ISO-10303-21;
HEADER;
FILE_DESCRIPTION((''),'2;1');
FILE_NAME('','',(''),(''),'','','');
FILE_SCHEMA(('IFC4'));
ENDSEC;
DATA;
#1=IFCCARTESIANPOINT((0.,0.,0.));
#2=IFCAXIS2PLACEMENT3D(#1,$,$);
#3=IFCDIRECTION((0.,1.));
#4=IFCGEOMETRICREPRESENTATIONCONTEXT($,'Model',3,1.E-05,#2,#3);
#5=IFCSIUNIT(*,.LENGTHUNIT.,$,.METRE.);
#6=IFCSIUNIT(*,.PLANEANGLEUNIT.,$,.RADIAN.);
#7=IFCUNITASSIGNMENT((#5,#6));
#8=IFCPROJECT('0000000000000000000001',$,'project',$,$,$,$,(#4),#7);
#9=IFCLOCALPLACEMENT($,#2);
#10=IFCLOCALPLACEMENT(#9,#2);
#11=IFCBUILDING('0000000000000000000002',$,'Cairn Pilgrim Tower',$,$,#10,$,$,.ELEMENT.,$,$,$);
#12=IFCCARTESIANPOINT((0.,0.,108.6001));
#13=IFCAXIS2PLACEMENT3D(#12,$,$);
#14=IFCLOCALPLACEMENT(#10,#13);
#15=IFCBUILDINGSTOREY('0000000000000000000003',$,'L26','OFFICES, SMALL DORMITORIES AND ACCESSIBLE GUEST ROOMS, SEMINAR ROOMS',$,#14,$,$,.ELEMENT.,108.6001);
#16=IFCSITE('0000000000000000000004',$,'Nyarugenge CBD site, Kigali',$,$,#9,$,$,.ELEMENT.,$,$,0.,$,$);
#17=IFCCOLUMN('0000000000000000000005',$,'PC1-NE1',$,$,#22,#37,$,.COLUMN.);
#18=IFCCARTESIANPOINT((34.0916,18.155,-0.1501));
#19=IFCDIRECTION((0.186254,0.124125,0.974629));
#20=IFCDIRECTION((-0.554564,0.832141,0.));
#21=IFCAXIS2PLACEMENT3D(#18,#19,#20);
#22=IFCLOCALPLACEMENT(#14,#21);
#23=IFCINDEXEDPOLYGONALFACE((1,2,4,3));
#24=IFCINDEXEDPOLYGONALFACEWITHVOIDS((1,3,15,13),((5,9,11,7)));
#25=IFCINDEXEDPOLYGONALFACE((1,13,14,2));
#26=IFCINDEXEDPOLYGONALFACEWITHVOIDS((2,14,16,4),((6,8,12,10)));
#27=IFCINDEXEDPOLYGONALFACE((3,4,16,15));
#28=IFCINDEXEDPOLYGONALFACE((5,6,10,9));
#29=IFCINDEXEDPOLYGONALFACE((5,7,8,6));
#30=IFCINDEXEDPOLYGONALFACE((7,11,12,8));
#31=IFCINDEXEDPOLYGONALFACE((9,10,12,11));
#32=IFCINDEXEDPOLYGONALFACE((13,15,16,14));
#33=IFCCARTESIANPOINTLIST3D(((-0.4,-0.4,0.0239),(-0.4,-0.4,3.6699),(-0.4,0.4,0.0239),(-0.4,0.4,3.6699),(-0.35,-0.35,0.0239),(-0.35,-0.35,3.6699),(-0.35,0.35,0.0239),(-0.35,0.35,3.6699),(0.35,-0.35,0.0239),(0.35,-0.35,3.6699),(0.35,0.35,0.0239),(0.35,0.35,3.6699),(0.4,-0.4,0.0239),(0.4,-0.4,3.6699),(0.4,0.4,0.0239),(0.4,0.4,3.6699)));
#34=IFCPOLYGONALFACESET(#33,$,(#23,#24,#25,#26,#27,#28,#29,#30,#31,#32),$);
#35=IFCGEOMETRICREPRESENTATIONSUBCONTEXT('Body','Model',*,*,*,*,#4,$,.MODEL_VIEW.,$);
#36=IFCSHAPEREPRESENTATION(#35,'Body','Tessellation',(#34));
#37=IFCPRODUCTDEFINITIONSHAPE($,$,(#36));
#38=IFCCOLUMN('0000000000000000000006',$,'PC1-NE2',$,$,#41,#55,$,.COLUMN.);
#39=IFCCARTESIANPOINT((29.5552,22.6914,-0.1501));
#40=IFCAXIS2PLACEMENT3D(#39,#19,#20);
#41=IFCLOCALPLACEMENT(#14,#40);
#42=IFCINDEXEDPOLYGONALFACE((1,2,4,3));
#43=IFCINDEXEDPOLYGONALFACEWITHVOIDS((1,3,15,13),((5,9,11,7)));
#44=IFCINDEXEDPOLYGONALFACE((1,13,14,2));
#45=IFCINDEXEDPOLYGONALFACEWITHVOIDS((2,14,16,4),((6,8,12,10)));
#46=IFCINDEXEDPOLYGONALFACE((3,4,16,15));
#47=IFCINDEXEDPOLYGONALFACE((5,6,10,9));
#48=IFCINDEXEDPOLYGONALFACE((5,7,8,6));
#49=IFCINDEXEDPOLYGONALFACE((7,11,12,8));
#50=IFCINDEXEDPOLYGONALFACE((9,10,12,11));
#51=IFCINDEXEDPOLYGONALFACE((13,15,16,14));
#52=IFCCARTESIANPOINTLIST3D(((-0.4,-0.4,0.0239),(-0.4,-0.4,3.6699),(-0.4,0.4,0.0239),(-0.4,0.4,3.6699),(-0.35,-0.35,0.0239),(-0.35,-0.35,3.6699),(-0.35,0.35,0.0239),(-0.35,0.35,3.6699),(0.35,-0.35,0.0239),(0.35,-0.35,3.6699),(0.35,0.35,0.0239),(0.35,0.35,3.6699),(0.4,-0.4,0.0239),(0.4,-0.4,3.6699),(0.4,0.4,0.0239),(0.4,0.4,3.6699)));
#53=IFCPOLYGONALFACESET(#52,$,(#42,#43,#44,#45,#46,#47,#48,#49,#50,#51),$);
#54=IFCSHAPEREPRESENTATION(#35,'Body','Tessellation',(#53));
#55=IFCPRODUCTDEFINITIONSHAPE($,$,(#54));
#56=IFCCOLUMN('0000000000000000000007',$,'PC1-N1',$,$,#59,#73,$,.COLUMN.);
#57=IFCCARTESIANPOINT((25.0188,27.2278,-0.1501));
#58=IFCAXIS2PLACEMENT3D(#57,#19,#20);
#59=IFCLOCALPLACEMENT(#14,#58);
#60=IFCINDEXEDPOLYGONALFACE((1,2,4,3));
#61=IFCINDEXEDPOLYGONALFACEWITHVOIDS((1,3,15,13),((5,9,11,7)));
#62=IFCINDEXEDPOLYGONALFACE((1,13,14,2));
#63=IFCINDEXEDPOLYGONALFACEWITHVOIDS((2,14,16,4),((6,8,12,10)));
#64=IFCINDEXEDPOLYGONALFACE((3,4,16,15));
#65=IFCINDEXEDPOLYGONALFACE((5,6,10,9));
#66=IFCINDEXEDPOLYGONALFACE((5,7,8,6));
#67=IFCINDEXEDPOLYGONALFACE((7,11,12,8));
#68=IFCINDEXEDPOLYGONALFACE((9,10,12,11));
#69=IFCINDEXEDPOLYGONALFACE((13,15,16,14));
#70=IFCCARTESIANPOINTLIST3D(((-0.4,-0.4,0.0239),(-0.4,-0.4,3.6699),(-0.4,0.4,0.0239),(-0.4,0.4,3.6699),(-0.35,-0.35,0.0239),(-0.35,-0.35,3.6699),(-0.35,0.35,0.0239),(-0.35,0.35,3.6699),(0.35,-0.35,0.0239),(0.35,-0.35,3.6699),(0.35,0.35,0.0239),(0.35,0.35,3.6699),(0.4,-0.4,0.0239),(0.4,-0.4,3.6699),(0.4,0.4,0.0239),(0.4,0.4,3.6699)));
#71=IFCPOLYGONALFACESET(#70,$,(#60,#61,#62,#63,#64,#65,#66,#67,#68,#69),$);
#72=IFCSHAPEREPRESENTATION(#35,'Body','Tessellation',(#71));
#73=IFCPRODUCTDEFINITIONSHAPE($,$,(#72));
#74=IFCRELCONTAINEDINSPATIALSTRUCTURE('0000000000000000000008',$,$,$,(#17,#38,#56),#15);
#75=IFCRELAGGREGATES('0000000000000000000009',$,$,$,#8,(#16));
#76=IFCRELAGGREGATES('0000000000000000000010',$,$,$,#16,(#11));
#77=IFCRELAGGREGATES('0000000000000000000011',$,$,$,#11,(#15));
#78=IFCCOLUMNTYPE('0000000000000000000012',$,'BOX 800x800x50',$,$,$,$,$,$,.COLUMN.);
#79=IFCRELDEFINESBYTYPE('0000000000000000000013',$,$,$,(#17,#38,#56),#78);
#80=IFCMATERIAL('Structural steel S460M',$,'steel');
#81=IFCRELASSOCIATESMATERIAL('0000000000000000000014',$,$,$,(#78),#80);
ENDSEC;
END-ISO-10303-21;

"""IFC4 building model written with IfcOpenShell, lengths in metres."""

from ifc_helpers import new_model, si_unit, direction, frame, origin, origin_2d, place, context, subcontext, project, spatial, hollow_rectangle, extrude, clip, halfspace, material, material_profile, profile_set, type_object, element, save


model = new_model("IFC4")

# Units and contexts
model_context = context("Model", 3, precision=1e-05, world=origin(), true_north=direction((0.0, 1.0)))
body_context = subcontext(model_context, "Body", "Model", "MODEL_VIEW")
ifc_project = project(units=[si_unit("LENGTHUNIT", "METRE"), si_unit("PLANEANGLEUNIT", "RADIAN")], contexts=[model_context])

# Site, building, storey
site_placement = place(None, origin())
site = spatial("IfcSite", under=ifc_project, at=site_placement, Name="Nyarugenge CBD site, Kigali", CompositionType="ELEMENT", RefElevation=0.0)
building_placement = place(site_placement, origin())
building = spatial("IfcBuilding", under=site, at=building_placement, Name="Cairn Pilgrim Tower", CompositionType="ELEMENT")
storey_placement = place(building_placement, frame((0.0, 0.0, 108.6001)))
storey = spatial("IfcBuildingStorey", under=building, at=storey_placement, Name="L26", Description="OFFICES, SMALL DORMITORIES AND ACCESSIBLE GUEST ROOMS, SEMINAR ROOMS", CompositionType="ELEMENT", Elevation=108.6001)

# Columns
ifc_material_1 = material(Name="Structural steel S460M", Category="steel")
ifc_material_profile_1 = material_profile(ifc_material_1, hollow_rectangle(XDim=0.8, YDim=0.8, WallThickness=0.05, at=origin_2d()), Name="BOX 800x800x50")
ifc_profile_set_1 = profile_set([ifc_material_profile_1], Name="Structural steel S460M")
column_type = type_object("IfcColumnType", Name="BOX 800x800x50", PredefinedType="COLUMN", material=ifc_profile_set_1)
for number, where, z_axis, x_axis, name in (
    (1, (34.0916, 18.155, -0.1501), (0.186254, 0.124125, 0.974629), (-0.554564, 0.832141, 0.0), "PC1-NE1"),
    (2, (29.5552, 22.6914, -0.1501), (0.186254, 0.124125, 0.974629), (-0.554564, 0.832141, 0.0), "PC1-NE2"),
    (3, (25.0188, 27.2278, -0.1501), (0.186254, 0.124125, 0.974629), (-0.554564, 0.832141, 0.0), "PC1-N1"),
):
    element("IfcColumn", number, at=place(storey_placement, frame(where, z_axis=z_axis, x_axis=x_axis)), inside=storey, type_object=column_type, Name=name, PredefinedType="COLUMN", context=body_context, shape_type="Clipping", body=[
        clip(clip(extrude(hollow_rectangle(XDim=0.8, YDim=0.8, WallThickness=0.05, at=origin_2d()), origin(), (0.0, 0.0, 1.0), 3.6938), halfspace(frame((0.0, 0.0, 0.0239), z_axis=(0.0, 0.0, 1.0), x_axis=(1.0, 0.0, 0.0)), True)), halfspace(frame((0.0, 0.0, 3.6699), z_axis=(0.0, 0.0, 1.0), x_axis=(1.0, 0.0, 0.0)), False)),
    ])

save(model, "model.ifc")
